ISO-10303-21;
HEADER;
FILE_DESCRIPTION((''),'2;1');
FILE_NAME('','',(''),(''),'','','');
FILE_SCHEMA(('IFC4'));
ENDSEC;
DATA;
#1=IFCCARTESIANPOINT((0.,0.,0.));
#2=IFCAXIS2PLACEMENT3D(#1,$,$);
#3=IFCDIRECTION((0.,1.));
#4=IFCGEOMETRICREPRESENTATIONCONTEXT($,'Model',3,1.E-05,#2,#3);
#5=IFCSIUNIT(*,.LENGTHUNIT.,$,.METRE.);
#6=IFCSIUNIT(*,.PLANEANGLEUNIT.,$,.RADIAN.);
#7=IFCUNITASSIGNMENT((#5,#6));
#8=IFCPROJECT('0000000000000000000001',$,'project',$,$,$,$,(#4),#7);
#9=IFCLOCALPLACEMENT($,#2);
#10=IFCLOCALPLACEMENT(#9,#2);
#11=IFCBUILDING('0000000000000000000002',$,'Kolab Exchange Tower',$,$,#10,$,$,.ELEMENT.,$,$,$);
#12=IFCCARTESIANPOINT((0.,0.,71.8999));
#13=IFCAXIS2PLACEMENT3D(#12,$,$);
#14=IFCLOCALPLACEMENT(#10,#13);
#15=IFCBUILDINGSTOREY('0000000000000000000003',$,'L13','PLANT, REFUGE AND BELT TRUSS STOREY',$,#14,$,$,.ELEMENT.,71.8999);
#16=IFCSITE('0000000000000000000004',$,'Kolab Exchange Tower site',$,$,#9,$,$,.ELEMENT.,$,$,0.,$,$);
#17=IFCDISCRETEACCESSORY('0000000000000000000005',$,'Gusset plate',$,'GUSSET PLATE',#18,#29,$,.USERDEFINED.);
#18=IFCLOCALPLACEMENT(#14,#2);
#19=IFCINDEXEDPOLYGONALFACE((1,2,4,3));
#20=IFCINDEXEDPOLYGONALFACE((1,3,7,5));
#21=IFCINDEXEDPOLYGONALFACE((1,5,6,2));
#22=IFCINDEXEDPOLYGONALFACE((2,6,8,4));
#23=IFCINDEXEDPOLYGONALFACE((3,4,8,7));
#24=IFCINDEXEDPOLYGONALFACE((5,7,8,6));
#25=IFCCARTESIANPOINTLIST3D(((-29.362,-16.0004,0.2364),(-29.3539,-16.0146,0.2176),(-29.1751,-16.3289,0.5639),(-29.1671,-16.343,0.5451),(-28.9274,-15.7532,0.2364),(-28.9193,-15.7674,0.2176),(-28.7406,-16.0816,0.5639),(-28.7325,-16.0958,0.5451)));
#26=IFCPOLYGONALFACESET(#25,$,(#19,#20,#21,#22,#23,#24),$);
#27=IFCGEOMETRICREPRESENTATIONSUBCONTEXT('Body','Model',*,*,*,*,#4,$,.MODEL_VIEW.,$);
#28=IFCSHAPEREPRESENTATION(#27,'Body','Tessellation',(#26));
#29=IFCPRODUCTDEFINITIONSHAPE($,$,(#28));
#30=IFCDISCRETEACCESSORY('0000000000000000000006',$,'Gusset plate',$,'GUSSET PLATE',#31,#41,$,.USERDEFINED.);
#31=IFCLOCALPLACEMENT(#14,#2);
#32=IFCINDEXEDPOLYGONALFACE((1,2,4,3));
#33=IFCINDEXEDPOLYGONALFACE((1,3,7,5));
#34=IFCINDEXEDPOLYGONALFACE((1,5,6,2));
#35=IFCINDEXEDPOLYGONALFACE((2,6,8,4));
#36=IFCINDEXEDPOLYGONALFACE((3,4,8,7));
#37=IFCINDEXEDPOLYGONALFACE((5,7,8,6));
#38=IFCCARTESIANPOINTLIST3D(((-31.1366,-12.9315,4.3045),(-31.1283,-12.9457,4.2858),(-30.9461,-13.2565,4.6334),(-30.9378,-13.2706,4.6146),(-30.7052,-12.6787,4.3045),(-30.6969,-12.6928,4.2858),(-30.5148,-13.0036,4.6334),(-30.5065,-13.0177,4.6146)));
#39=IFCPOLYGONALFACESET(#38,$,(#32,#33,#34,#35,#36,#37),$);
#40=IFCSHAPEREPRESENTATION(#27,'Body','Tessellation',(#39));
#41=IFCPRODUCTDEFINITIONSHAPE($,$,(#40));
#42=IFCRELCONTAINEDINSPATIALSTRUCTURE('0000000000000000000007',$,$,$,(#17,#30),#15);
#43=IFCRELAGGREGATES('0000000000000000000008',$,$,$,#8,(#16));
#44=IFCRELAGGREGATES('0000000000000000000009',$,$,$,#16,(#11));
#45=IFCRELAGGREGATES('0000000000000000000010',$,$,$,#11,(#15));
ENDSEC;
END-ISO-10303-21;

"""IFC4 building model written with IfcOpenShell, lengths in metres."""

from ifc_helpers import new_model, si_unit, direction, frame, origin, origin_2d, place, context, subcontext, project, spatial, rectangle, extrude, element, save


model = new_model("IFC4")

# Units and contexts
model_context = context("Model", 3, precision=1e-05, world=origin(), true_north=direction((0.0, 1.0)))
body_context = subcontext(model_context, "Body", "Model", "MODEL_VIEW")
ifc_project = project(units=[si_unit("LENGTHUNIT", "METRE"), si_unit("PLANEANGLEUNIT", "RADIAN")], contexts=[model_context])

# Site, building, storey
site_placement = place(None, origin())
site = spatial("IfcSite", under=ifc_project, at=site_placement, Name="Kolab Exchange Tower site", CompositionType="ELEMENT", RefElevation=0.0)
building_placement = place(site_placement, origin())
building = spatial("IfcBuilding", under=site, at=building_placement, Name="Kolab Exchange Tower", CompositionType="ELEMENT")
storey_placement = place(building_placement, frame((0.0, 0.0, 71.8999)))
storey = spatial("IfcBuildingStorey", under=building, at=storey_placement, Name="L13", Description="PLANT, REFUGE AND BELT TRUSS STOREY", CompositionType="ELEMENT", Elevation=71.8999)

# Discrete accessories
for number, where, z_axis, x_axis, name in (
    (1, (-29.0513, -16.041, 0.4001), (0.323872, -0.56923, -0.755701), (0.869164, 0.494524, 0.0), "Gusset plate"),
    (2, (-30.8174, -12.9817, 4.4502), (-0.332615, 0.567402, 0.753275), (-0.862698, -0.505719, 0.0), "Gusset plate"),
):
    element("IfcDiscreteAccessory", number, at=place(storey_placement, frame(where, z_axis=z_axis, x_axis=x_axis)), inside=storey, Name=name, ObjectType="GUSSET PLATE", PredefinedType="USERDEFINED", context=body_context, shape_type="SweptSolid", body=[
        extrude(rectangle(XDim=0.5, YDim=0.5, at=origin_2d()), origin(), (0.0, 0.0, 1.0), 0.0249),
    ])

save(model, "model.ifc")
